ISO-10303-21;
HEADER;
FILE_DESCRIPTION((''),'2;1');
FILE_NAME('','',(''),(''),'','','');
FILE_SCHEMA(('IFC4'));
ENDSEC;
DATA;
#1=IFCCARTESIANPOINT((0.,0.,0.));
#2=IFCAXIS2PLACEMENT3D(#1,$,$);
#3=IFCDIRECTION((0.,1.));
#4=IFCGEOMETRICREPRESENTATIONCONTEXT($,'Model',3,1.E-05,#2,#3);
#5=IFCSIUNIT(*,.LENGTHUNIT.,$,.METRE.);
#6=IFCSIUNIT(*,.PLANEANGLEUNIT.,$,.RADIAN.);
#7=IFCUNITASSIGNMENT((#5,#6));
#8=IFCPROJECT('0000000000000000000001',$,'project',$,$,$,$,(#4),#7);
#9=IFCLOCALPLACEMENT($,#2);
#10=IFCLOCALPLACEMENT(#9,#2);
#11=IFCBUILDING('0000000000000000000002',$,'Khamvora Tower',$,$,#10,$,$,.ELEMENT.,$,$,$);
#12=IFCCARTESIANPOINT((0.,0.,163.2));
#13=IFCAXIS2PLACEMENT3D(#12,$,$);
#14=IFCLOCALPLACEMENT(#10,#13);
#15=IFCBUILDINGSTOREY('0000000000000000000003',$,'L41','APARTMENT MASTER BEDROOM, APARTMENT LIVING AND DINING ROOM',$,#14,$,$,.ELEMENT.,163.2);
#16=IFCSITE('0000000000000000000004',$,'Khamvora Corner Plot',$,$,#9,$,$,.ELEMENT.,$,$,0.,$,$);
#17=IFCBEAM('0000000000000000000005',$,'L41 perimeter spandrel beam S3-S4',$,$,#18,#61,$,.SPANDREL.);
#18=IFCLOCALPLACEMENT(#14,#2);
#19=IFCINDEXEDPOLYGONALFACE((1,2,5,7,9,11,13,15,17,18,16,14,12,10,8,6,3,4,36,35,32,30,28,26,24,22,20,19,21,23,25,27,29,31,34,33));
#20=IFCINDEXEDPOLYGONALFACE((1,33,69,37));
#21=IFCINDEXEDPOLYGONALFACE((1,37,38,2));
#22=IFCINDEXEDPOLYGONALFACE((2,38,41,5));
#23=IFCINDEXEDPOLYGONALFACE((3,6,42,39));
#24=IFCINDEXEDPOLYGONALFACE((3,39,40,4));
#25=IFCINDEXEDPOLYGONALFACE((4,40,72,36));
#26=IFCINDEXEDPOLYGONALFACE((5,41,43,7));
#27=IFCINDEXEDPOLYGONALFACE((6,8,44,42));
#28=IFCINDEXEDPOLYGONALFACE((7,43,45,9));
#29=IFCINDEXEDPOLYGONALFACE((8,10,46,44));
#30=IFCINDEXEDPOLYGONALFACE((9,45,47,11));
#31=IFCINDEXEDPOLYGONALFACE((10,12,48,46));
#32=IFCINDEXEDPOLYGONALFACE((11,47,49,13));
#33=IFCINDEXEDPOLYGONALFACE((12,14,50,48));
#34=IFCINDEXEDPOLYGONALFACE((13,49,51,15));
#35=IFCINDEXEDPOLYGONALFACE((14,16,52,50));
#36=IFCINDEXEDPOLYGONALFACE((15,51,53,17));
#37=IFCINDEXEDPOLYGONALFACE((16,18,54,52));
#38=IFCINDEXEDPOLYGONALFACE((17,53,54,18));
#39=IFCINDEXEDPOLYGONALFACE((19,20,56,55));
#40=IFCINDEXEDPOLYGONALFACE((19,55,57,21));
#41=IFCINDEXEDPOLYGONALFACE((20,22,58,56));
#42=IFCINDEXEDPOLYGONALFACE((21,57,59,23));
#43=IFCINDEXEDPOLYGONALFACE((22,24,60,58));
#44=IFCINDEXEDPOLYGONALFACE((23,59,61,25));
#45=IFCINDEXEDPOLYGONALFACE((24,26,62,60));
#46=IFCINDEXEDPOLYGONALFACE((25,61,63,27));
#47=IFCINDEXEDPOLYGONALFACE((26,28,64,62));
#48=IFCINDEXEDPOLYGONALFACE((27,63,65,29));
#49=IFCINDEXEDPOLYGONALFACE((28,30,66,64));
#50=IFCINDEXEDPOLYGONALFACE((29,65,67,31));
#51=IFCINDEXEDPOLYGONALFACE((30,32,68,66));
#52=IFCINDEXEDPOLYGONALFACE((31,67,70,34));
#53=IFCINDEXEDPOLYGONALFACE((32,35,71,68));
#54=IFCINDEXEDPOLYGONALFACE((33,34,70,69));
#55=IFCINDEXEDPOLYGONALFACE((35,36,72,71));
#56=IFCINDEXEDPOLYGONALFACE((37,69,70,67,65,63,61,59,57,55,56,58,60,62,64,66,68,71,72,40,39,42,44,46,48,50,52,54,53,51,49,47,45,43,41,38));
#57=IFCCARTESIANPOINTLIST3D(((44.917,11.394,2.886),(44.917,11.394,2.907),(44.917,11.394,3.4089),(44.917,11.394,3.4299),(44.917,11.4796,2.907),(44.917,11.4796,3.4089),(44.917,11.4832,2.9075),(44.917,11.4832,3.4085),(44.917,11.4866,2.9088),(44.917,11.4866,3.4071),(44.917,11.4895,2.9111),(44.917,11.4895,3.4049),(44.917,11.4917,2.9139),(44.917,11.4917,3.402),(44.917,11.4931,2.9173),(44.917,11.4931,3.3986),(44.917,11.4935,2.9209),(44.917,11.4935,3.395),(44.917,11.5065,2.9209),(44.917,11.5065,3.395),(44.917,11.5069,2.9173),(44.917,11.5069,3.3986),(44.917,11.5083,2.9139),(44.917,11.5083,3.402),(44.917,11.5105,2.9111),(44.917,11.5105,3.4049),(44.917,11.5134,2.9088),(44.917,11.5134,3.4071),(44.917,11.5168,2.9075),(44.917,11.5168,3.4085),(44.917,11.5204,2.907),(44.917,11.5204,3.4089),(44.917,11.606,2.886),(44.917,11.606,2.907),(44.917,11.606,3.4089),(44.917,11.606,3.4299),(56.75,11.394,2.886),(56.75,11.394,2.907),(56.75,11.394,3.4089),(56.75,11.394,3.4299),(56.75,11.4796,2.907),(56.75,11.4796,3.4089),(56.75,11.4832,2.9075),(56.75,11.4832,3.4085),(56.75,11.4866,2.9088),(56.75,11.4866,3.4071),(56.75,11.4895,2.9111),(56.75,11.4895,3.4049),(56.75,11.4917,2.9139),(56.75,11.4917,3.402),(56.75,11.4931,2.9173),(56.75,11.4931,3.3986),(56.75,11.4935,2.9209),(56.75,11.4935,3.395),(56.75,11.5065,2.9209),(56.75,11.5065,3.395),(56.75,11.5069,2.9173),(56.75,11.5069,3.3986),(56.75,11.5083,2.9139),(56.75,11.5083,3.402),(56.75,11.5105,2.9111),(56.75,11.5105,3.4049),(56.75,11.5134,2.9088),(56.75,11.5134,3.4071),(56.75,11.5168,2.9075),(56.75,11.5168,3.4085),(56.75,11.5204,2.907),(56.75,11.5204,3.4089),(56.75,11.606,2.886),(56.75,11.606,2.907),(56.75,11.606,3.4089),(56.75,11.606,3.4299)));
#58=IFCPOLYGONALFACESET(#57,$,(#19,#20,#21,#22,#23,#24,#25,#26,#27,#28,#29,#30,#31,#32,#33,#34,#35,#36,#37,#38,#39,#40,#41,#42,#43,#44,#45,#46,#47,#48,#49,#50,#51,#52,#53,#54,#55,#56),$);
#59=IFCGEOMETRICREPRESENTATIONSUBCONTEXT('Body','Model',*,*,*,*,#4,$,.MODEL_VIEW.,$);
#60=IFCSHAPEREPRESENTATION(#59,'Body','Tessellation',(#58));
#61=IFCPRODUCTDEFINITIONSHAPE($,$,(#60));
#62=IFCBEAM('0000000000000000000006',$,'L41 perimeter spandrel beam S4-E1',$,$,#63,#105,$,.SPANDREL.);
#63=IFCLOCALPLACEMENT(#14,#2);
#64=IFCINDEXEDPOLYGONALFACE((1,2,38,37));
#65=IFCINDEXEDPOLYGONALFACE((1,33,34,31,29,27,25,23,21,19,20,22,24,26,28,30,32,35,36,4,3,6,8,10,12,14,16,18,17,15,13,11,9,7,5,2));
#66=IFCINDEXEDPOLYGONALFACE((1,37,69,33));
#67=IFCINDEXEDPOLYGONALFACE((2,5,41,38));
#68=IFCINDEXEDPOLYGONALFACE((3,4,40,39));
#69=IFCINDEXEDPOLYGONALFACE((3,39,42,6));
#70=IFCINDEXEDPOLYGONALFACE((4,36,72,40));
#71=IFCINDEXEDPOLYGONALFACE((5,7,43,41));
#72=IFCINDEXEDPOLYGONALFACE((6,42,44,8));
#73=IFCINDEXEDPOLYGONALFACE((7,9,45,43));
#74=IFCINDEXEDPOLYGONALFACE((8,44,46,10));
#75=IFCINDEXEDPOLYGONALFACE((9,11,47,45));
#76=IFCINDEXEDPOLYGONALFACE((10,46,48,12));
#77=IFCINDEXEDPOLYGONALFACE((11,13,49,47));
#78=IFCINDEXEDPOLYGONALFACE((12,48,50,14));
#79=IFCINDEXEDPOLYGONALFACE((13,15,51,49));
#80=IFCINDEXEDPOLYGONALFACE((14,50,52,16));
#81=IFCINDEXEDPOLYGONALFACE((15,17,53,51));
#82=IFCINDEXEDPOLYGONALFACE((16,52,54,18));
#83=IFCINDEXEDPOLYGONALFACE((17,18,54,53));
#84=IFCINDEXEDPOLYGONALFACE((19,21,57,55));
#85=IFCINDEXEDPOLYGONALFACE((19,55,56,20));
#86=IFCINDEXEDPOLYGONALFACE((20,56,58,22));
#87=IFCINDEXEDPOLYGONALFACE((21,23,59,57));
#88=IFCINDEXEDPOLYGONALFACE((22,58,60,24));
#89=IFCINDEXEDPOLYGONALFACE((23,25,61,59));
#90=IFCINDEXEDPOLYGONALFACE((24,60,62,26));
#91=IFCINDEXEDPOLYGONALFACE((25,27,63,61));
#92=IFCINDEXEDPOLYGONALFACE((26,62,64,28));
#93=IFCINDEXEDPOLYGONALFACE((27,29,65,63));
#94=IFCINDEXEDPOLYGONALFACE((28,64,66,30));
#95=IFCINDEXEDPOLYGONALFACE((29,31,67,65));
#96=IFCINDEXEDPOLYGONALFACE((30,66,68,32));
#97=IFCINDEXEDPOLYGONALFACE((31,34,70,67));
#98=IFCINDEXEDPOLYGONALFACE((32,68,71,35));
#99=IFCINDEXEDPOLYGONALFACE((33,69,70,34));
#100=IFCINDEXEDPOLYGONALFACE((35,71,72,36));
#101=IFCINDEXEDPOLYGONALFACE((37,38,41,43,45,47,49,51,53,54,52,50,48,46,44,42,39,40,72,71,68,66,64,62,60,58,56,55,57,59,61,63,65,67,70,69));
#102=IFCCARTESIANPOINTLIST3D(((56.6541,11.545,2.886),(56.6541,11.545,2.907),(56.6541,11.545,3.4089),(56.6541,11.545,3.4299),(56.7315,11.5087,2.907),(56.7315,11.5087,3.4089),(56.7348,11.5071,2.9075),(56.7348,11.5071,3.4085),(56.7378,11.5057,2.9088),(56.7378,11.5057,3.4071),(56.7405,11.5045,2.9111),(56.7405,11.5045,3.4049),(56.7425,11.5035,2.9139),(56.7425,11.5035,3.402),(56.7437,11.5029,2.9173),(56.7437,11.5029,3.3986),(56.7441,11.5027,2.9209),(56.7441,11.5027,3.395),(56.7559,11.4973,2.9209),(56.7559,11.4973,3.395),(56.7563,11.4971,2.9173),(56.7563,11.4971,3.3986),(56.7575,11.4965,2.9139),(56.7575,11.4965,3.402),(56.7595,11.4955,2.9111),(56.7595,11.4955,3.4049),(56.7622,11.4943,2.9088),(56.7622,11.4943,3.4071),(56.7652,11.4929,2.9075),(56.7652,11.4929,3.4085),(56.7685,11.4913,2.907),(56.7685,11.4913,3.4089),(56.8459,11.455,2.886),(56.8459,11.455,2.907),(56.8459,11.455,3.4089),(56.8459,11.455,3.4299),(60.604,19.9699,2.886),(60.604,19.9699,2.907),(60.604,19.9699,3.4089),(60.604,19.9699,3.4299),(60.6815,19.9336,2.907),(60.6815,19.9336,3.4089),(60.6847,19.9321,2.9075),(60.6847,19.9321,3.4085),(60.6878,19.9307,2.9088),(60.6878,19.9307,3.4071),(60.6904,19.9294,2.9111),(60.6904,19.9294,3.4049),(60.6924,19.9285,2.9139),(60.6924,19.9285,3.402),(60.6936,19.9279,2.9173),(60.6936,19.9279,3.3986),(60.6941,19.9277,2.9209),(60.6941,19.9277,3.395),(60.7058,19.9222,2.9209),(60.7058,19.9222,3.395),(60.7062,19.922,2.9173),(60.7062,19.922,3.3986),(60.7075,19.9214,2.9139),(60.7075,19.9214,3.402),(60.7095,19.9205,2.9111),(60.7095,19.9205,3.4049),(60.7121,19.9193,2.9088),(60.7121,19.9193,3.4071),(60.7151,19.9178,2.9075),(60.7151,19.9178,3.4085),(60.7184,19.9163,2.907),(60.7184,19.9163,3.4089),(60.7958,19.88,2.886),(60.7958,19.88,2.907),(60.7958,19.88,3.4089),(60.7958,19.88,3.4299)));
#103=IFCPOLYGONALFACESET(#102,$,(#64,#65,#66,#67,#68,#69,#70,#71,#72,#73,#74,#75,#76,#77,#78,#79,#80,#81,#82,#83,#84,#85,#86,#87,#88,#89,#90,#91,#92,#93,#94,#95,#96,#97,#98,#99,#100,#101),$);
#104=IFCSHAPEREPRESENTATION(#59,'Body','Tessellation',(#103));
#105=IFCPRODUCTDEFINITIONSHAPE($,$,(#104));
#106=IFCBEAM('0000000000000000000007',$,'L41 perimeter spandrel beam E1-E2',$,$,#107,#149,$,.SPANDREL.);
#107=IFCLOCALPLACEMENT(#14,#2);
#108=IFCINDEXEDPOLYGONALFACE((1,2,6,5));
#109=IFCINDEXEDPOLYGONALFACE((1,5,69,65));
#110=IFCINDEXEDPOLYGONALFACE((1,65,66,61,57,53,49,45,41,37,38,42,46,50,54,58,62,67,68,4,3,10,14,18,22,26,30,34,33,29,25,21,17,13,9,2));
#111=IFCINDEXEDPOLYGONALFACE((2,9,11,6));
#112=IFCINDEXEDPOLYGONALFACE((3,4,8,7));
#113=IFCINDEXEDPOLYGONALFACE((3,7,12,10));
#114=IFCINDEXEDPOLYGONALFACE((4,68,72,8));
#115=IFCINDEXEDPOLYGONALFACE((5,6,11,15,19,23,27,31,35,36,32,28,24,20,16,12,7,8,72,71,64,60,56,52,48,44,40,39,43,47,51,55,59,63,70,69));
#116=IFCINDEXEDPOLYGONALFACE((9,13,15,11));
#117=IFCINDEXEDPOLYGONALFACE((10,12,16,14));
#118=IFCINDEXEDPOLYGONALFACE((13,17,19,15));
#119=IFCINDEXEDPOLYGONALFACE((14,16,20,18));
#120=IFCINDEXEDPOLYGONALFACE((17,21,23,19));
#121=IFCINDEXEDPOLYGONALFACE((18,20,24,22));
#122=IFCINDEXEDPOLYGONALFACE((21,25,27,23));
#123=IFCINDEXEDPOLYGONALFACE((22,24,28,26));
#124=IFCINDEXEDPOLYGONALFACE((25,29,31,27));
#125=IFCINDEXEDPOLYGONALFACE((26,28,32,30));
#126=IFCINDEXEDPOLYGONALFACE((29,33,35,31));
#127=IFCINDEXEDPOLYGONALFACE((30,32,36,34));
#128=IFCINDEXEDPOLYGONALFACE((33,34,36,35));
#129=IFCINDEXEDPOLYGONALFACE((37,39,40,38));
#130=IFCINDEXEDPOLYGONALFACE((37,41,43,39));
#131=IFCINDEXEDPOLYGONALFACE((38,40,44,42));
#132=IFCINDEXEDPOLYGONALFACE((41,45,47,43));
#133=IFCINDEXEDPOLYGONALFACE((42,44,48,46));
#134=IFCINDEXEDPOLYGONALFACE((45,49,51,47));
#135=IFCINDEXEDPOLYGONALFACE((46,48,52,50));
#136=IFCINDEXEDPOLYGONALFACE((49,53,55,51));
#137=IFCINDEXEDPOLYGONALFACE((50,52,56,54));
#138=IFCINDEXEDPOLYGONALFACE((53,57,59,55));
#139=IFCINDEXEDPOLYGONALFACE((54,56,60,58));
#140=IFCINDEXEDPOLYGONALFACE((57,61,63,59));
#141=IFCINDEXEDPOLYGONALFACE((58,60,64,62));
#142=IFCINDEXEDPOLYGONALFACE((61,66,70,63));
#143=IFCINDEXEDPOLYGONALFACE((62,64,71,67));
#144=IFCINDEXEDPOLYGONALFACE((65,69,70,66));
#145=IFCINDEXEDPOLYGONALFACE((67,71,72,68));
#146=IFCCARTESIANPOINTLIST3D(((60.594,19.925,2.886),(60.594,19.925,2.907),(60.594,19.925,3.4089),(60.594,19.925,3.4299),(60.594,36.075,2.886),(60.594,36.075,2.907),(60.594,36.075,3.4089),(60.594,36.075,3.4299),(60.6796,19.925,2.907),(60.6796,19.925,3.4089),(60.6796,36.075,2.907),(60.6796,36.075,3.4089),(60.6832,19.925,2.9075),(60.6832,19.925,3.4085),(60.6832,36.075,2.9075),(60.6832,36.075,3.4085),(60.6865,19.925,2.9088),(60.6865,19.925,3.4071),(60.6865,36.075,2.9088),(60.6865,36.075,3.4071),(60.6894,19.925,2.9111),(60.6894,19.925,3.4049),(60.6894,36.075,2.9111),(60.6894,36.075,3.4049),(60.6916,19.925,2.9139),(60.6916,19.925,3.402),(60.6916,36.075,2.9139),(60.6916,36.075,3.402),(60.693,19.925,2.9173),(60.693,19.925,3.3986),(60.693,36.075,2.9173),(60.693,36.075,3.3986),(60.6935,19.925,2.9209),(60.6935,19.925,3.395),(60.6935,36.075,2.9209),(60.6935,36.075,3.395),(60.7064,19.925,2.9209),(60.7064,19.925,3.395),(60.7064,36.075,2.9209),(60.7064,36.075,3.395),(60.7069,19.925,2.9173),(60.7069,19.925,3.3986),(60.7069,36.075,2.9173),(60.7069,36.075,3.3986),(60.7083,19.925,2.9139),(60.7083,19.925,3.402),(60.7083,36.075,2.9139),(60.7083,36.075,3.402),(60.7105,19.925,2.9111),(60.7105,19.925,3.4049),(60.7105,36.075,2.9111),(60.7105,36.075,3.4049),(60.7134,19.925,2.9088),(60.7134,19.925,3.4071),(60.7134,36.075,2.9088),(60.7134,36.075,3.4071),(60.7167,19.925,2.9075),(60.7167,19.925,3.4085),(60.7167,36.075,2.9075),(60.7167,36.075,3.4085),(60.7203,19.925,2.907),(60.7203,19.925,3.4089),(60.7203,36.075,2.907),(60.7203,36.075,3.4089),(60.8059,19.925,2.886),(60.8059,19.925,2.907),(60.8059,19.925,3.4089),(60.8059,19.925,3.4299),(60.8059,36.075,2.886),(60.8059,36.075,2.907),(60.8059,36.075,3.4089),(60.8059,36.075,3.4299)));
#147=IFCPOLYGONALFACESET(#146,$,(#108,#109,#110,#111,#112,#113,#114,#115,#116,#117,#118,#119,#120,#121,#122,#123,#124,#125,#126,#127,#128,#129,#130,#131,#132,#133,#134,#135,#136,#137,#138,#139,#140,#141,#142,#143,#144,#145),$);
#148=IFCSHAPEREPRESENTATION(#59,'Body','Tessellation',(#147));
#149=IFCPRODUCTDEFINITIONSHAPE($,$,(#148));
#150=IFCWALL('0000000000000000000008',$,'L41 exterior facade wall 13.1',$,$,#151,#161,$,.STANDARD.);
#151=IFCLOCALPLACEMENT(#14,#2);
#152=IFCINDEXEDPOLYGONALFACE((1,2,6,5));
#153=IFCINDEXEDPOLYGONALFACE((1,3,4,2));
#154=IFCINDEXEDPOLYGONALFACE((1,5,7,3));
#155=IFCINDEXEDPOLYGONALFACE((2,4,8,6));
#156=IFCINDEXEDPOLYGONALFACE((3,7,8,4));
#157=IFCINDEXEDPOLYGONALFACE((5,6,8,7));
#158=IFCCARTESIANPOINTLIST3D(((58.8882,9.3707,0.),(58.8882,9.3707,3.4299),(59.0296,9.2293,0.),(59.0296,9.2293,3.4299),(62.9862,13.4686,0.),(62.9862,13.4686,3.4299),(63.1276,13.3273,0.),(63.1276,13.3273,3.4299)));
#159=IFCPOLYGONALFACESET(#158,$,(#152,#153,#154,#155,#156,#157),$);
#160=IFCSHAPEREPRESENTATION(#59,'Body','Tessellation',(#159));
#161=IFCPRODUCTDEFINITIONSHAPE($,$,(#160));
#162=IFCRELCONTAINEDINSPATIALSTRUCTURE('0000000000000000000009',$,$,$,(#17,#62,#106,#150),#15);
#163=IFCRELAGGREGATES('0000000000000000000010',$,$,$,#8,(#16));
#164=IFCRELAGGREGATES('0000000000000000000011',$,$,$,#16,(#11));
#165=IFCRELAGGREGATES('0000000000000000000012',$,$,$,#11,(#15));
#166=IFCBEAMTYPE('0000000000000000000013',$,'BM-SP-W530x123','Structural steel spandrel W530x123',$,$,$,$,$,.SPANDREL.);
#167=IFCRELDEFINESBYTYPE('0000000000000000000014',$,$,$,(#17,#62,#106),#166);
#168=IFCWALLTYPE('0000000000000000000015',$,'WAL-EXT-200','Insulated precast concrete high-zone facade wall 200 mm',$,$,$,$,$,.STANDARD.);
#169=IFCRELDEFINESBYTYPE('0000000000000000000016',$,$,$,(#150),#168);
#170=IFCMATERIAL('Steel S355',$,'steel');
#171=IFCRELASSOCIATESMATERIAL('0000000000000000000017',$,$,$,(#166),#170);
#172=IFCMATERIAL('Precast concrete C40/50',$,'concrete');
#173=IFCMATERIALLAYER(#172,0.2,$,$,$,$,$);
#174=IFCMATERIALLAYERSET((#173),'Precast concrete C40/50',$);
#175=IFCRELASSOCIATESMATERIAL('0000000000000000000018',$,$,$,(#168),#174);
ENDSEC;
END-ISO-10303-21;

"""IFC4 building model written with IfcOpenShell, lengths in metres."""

from ifc_helpers import new_model, si_unit, direction, frame, frame_2d, origin, origin_2d, place, context, subcontext, project, spatial, rectangle, i_section, extrude, material, layer, layer_set, material_profile, profile_set, type_object, element, save


model = new_model("IFC4")

# Units and contexts
model_context = context("Model", 3, precision=1e-05, world=origin(), true_north=direction((0.0, 1.0)))
body_context = subcontext(model_context, "Body", "Model", "MODEL_VIEW")
ifc_project = project(units=[si_unit("LENGTHUNIT", "METRE"), si_unit("PLANEANGLEUNIT", "RADIAN")], contexts=[model_context])

# Site, building, storey
site_placement = place(None, origin())
site = spatial("IfcSite", under=ifc_project, at=site_placement, Name="Khamvora Corner Plot", CompositionType="ELEMENT", RefElevation=0.0)
building_placement = place(site_placement, origin())
building = spatial("IfcBuilding", under=site, at=building_placement, Name="Khamvora Tower", CompositionType="ELEMENT")
storey_placement = place(building_placement, frame((0.0, 0.0, 163.2)))
storey = spatial("IfcBuildingStorey", under=building, at=storey_placement, Name="L41", Description="APARTMENT MASTER BEDROOM, APARTMENT LIVING AND DINING ROOM", CompositionType="ELEMENT", Elevation=163.2)

# Shared definitions
ifc_material_1 = material(Name="Steel S355", Category="steel")

# Beams
ifc_material_profile_1 = material_profile(ifc_material_1, i_section(OverallWidth=0.2119, OverallDepth=0.5439, WebThickness=0.0129, FlangeThickness=0.021, FilletRadius=0.0139, at=origin_2d()), Name="W530x123")
ifc_profile_set_1 = profile_set([ifc_material_profile_1], Name="Steel S355")
beam_type_1 = type_object("IfcBeamType", Name="BM-SP-W530x123", Description="Structural steel spandrel W530x123", PredefinedType="SPANDREL", material=ifc_profile_set_1)
beam_1_placement = place(storey_placement, frame((44.917, 11.5, 3.158), z_axis=(1.0, 0.0, 0.0), x_axis=(0.0, 1.0, 0.0)))
element("IfcBeam", 1, at=beam_1_placement, inside=storey, type_object=beam_type_1, Name="L41 perimeter spandrel beam S3-S4", PredefinedType="SPANDREL", context=body_context, shape_type="SweptSolid", body=[
    extrude(i_section(OverallWidth=0.2119, OverallDepth=0.5439, WebThickness=0.0129, FlangeThickness=0.021, FilletRadius=0.0139, at=origin_2d()), origin(), (0.0, 0.0, 1.0), 11.833),
])
beam_2_placement = place(storey_placement, frame((56.75, 11.5, 3.158), z_axis=(0.424496, 0.90543, 0.0), x_axis=(-0.90543, 0.424496, 0.0)))
element("IfcBeam", 2, at=beam_2_placement, inside=storey, type_object=beam_type_1, Name="L41 perimeter spandrel beam S4-E1", PredefinedType="SPANDREL", context=body_context, shape_type="SweptSolid", body=[
    extrude(i_section(OverallWidth=0.2119, OverallDepth=0.5439, WebThickness=0.0129, FlangeThickness=0.021, FilletRadius=0.0139, at=origin_2d()), origin(), (0.0, 0.0, 1.0), 9.3049),
])
beam_3_placement = place(storey_placement, frame((60.7, 19.925, 3.158), z_axis=(0.0, 1.0, 0.0), x_axis=(-1.0, 0.0, 0.0)))
element("IfcBeam", 3, at=beam_3_placement, inside=storey, type_object=beam_type_1, Name="L41 perimeter spandrel beam E1-E2", PredefinedType="SPANDREL", context=body_context, shape_type="SweptSolid", body=[
    extrude(i_section(OverallWidth=0.2119, OverallDepth=0.5439, WebThickness=0.0129, FlangeThickness=0.021, FilletRadius=0.0139, at=origin_2d()), origin(), (0.0, 0.0, 1.0), 16.1499),
])

# Wall
ifc_material_2 = material(Name="Precast concrete C40/50", Category="concrete")
ifc_layer_1 = layer(ifc_material_2, 0.2)
ifc_layer_set_1 = layer_set([ifc_layer_1], Name="Precast concrete C40/50")
wall_type_1 = type_object("IfcWallType", Name="WAL-EXT-200", Description="Insulated precast concrete high-zone facade wall 200 mm", PredefinedType="STANDARD", material=ifc_layer_set_1)
wall_1_placement = place(storey_placement, frame((63.0569, 13.3979, 0.0), z_axis=(0.0, 0.0, 1.0), x_axis=(-0.707107, -0.707107, 0.0)))
element("IfcWall", 4, at=wall_1_placement, inside=storey, type_object=wall_type_1, Name="L41 exterior facade wall 13.1", PredefinedType="STANDARD", context=body_context, shape_type="SweptSolid", body=[
    extrude(rectangle(XDim=5.7954, YDim=0.2, at=frame_2d((2.8977, 0.0))), origin(), (0.0, 0.0, 1.0), 3.4299),
])

save(model, "model.ifc")
